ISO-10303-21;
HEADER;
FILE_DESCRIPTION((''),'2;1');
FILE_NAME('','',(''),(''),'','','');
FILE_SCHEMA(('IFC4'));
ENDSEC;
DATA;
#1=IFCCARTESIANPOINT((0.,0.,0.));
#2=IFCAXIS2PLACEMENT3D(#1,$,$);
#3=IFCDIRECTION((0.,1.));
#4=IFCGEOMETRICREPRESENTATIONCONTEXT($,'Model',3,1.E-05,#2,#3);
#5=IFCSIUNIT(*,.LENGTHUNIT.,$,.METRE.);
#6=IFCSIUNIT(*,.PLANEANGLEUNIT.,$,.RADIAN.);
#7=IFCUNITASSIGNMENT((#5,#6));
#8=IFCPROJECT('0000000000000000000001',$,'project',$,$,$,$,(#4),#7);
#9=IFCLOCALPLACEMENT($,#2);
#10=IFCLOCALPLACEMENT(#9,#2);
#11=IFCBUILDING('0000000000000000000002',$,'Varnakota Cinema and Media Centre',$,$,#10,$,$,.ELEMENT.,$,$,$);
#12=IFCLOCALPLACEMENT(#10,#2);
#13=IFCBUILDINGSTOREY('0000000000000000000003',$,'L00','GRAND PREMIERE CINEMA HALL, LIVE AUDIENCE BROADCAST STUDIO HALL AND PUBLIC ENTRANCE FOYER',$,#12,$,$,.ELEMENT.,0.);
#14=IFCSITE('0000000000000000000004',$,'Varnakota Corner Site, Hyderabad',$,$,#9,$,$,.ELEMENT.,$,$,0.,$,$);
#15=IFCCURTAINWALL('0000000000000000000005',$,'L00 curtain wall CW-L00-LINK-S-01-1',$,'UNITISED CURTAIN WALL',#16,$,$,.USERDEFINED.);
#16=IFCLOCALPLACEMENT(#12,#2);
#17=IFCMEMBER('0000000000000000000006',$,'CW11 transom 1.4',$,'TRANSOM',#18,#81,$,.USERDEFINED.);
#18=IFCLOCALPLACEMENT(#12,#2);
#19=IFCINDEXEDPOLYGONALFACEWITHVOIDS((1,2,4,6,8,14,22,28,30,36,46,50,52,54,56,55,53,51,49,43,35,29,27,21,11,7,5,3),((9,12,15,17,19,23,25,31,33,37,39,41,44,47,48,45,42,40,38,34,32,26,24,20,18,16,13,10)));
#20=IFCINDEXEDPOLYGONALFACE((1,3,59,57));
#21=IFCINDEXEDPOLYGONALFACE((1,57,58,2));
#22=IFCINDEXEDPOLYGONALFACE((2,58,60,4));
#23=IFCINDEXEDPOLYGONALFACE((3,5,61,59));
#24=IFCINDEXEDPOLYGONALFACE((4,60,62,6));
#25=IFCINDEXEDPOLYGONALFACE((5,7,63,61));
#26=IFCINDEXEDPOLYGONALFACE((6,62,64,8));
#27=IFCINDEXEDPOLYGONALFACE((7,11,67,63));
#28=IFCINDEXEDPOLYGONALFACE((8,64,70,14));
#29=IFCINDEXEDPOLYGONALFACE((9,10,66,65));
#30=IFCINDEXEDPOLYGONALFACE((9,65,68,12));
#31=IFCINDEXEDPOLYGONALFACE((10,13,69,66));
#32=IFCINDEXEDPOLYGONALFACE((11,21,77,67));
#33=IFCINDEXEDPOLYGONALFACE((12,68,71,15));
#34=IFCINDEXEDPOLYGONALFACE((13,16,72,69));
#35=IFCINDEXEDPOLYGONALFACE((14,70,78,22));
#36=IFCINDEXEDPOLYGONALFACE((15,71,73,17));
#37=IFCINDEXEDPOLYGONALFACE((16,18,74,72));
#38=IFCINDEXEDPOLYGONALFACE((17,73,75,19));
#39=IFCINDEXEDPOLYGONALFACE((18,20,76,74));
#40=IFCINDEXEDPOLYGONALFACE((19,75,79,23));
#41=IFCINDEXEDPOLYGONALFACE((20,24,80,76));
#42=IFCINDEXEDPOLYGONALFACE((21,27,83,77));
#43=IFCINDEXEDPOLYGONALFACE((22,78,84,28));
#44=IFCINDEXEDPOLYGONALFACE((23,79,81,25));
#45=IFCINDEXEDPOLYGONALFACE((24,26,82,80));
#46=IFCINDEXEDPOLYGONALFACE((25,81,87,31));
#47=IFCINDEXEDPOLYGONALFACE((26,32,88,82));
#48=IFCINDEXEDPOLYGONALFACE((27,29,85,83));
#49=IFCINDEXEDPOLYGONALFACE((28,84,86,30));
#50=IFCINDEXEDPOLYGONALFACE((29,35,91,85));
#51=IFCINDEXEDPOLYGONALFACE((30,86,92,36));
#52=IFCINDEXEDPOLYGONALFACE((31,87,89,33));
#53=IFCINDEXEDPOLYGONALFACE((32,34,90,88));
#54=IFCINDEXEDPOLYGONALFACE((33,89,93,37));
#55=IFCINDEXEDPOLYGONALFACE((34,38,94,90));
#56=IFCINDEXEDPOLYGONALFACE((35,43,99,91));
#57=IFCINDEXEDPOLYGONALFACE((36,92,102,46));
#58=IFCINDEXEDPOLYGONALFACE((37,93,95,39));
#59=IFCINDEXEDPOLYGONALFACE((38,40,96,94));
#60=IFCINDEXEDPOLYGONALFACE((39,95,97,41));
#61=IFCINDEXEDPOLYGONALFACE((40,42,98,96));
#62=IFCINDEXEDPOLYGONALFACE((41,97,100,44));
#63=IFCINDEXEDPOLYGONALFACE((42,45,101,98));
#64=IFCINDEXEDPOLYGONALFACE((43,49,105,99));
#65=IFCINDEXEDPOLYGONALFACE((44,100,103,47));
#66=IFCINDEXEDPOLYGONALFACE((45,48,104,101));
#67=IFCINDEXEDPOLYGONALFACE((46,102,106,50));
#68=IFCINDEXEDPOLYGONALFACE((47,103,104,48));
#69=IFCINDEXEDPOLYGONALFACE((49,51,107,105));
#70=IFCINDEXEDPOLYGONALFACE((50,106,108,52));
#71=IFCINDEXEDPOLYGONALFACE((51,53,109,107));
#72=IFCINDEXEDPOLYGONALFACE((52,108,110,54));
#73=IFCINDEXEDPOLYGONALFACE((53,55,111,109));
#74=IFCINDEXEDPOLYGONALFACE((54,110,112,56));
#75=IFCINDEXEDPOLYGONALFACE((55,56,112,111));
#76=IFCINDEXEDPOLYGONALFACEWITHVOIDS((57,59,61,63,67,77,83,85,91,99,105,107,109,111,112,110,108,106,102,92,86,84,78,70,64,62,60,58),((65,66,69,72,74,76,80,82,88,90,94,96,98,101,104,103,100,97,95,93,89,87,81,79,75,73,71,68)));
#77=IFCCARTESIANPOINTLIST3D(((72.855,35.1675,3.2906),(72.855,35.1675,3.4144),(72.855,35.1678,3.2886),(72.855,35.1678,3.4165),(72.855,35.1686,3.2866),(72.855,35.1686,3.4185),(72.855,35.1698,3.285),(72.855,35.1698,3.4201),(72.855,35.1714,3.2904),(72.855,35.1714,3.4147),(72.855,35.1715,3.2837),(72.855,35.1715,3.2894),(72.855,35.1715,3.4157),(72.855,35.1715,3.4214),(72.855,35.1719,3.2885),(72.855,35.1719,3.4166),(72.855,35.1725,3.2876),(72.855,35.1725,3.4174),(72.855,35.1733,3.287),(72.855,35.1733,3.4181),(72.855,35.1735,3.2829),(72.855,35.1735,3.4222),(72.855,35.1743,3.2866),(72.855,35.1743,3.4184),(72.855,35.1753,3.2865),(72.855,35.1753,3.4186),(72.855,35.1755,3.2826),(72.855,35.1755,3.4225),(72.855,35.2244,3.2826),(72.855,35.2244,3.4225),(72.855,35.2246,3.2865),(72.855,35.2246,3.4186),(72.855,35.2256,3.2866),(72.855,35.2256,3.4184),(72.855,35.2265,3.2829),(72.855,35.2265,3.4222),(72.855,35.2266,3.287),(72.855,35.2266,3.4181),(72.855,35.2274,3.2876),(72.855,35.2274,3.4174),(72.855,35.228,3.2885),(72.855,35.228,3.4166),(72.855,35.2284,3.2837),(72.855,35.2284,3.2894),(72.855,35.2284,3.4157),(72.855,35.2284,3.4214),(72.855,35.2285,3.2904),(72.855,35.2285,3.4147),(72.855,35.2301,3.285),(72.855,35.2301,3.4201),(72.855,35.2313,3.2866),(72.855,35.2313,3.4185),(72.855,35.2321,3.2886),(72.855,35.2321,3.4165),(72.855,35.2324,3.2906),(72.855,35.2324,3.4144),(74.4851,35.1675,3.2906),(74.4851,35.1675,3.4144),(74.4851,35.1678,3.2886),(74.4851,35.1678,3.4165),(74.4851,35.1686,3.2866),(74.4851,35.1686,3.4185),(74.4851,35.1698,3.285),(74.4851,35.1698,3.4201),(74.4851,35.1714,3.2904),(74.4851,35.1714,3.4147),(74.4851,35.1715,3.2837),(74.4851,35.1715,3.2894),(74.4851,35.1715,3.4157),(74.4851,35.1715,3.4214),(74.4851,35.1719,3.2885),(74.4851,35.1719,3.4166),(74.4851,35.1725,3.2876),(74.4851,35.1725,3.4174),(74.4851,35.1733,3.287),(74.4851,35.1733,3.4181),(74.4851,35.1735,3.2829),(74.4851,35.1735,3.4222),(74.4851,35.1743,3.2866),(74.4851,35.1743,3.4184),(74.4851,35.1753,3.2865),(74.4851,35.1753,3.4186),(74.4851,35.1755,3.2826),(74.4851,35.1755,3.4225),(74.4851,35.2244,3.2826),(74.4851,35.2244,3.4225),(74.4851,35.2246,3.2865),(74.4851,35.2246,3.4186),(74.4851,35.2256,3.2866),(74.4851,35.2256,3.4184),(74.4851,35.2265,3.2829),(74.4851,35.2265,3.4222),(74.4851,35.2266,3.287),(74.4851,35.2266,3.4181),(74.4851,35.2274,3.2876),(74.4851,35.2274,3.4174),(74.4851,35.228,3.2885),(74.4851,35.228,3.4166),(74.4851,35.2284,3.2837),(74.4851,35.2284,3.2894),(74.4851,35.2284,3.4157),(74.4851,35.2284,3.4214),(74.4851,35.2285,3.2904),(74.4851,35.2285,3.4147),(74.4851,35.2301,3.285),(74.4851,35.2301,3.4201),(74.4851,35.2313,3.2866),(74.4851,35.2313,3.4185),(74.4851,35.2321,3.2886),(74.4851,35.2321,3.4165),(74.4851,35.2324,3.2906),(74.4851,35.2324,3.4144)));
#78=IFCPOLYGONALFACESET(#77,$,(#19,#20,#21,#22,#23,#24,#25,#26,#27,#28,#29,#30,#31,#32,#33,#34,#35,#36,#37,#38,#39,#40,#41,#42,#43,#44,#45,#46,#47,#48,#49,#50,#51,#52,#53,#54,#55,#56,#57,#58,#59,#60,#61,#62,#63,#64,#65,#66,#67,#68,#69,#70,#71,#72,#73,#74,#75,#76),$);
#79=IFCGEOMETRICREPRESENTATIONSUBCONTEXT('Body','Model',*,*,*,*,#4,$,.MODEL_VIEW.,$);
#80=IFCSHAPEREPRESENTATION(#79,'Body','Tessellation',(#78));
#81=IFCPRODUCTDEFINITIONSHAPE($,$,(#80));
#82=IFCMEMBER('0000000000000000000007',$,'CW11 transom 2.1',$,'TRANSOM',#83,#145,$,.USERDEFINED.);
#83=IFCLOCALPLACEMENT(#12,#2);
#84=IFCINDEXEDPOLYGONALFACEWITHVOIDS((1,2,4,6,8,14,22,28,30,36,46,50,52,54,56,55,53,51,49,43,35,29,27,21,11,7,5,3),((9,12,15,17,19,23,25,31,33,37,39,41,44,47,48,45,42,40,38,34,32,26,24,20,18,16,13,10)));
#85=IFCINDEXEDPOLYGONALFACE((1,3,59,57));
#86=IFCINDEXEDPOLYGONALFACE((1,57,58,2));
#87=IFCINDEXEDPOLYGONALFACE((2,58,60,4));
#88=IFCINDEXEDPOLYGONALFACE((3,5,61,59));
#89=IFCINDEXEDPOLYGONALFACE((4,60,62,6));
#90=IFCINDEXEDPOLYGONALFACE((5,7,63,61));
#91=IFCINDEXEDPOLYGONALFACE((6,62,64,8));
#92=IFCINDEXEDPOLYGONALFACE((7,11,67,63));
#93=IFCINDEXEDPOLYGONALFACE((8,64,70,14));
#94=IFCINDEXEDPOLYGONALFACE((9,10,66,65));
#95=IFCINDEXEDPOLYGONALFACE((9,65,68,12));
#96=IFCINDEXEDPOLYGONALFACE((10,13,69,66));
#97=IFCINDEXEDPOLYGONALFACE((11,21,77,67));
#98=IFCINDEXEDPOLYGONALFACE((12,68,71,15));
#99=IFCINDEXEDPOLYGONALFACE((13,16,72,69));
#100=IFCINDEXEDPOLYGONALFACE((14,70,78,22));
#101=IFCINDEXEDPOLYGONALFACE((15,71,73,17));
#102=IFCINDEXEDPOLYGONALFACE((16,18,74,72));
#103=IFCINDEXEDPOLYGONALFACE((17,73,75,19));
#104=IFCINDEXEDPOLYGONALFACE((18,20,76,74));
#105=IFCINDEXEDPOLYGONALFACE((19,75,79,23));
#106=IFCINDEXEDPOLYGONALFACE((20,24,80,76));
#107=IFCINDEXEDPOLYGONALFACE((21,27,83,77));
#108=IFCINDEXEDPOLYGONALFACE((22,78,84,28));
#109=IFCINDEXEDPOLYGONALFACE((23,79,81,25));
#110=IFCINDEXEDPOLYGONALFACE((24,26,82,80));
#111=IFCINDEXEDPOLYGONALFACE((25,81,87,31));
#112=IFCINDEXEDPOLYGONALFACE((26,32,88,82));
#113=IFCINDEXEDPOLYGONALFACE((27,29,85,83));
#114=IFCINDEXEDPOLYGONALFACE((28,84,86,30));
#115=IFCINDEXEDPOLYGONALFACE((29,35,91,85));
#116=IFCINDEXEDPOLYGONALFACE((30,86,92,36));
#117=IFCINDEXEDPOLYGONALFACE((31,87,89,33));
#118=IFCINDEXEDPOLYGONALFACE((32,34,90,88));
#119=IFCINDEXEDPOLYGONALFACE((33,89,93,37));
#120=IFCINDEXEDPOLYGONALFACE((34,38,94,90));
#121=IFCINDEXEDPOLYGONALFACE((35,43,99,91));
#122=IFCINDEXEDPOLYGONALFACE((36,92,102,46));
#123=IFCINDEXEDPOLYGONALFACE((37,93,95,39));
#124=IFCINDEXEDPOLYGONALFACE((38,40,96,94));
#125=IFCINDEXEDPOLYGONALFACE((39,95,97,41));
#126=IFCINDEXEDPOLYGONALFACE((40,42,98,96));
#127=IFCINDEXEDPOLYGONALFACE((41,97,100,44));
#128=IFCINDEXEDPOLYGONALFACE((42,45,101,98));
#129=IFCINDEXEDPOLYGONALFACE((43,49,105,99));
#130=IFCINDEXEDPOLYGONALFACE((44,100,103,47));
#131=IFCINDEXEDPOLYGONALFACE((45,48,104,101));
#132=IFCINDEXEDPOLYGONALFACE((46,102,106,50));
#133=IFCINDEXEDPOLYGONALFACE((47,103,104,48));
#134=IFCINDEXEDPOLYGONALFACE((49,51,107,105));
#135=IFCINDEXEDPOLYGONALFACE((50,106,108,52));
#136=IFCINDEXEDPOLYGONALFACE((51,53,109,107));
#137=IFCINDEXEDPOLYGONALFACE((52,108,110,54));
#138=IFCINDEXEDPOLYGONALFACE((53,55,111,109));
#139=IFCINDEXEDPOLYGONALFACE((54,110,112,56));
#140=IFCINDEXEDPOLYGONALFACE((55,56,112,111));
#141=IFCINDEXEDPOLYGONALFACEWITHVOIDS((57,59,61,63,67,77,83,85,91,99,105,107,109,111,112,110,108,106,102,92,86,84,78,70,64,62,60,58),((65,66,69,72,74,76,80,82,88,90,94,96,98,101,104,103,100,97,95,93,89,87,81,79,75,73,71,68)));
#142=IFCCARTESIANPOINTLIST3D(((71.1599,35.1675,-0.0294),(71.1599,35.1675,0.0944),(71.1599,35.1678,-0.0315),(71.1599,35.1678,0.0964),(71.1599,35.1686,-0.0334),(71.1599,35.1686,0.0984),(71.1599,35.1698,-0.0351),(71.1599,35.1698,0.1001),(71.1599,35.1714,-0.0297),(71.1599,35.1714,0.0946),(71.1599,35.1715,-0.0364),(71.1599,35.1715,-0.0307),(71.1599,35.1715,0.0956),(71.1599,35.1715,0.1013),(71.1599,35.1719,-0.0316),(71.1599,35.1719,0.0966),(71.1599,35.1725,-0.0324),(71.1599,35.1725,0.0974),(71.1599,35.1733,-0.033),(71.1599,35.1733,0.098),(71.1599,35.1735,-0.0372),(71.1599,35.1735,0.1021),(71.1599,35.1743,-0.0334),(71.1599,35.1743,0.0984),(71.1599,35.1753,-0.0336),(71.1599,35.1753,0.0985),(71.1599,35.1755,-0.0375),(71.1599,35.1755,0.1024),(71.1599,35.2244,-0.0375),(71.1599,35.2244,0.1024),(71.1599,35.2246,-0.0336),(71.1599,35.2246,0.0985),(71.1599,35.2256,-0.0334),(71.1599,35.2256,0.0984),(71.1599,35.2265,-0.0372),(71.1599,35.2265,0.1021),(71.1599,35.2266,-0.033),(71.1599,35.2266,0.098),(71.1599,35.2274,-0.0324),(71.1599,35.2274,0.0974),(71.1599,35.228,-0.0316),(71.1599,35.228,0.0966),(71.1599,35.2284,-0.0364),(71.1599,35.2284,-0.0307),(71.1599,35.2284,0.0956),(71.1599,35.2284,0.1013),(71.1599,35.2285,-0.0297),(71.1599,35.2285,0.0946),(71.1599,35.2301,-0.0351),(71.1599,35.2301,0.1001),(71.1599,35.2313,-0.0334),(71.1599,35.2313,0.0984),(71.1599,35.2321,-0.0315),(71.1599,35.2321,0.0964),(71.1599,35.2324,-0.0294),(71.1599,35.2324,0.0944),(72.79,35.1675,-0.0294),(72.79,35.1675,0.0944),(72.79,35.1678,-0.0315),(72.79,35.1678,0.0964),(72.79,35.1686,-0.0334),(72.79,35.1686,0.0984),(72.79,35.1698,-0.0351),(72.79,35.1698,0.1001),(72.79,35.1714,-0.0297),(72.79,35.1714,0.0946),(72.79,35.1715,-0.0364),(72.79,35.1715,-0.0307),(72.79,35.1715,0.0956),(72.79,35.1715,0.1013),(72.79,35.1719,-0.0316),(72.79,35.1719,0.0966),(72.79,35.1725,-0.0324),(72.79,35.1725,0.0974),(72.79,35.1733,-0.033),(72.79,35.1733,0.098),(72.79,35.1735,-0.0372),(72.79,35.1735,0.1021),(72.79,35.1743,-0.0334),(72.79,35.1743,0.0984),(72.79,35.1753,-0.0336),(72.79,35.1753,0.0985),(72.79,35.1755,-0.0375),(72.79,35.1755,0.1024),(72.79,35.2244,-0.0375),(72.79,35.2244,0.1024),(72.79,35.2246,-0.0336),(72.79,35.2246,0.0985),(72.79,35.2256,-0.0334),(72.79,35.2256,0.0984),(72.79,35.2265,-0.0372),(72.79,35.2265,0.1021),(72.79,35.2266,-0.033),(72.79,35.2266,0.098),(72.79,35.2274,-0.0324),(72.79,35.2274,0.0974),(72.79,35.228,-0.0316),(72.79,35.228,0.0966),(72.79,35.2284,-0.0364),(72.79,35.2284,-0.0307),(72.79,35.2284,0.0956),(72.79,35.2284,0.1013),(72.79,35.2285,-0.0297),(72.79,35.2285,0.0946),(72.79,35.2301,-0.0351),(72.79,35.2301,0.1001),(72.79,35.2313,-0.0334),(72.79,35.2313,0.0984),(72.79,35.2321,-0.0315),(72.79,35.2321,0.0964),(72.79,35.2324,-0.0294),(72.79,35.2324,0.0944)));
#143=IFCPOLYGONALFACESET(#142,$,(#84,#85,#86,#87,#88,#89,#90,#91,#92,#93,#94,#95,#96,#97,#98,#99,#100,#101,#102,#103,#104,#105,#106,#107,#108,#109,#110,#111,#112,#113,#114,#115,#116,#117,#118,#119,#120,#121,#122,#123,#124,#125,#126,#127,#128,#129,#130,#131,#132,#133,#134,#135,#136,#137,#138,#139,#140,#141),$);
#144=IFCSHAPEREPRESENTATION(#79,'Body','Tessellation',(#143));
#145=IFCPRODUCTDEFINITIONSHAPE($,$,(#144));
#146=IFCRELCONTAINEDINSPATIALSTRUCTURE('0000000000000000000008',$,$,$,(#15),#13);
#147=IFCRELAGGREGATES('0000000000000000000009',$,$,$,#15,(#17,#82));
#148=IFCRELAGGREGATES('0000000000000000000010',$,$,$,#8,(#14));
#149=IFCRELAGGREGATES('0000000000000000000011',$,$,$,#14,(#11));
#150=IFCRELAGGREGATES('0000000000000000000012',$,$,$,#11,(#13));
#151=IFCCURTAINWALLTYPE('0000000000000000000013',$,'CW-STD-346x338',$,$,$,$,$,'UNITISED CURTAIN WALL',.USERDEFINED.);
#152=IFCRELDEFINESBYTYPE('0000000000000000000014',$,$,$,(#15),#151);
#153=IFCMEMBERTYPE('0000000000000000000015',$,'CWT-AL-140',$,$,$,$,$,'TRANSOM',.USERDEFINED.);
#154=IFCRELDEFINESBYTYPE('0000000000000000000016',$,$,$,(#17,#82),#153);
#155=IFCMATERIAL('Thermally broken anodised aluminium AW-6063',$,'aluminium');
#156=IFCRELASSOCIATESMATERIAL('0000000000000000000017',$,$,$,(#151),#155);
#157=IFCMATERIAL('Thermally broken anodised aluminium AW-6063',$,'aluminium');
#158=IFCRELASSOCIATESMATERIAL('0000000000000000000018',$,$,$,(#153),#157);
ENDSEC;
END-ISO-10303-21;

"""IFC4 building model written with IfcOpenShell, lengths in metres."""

from ifc_helpers import new_model, si_unit, direction, frame, origin, origin_2d, place, context, subcontext, project, spatial, hollow_rectangle, extrude, material, material_profile, profile_set, type_object, element, aggregate, save


model = new_model("IFC4")

# Units and contexts
model_context = context("Model", 3, precision=1e-05, world=origin(), true_north=direction((0.0, 1.0)))
body_context = subcontext(model_context, "Body", "Model", "MODEL_VIEW")
ifc_project = project(units=[si_unit("LENGTHUNIT", "METRE"), si_unit("PLANEANGLEUNIT", "RADIAN")], contexts=[model_context])

# Site, building, storey
site_placement = place(None, origin())
site = spatial("IfcSite", under=ifc_project, at=site_placement, Name="Varnakota Corner Site, Hyderabad", CompositionType="ELEMENT", RefElevation=0.0)
building_placement = place(site_placement, origin())
building = spatial("IfcBuilding", under=site, at=building_placement, Name="Varnakota Cinema and Media Centre", CompositionType="ELEMENT")
storey_placement = place(building_placement, origin())
storey = spatial("IfcBuildingStorey", under=building, at=storey_placement, Name="L00", Description="GRAND PREMIERE CINEMA HALL, LIVE AUDIENCE BROADCAST STUDIO HALL AND PUBLIC ENTRANCE FOYER", CompositionType="ELEMENT", Elevation=0.0)

# Curtain wall
ifc_material_1 = material(Name="Thermally broken anodised aluminium AW-6063", Category="aluminium")
curtain_wall_type_1 = type_object("IfcCurtainWallType", Name="CW-STD-346x338", ElementType="UNITISED CURTAIN WALL", PredefinedType="USERDEFINED", material=ifc_material_1)
curtain_wall_1_placement = place(storey_placement, origin())
curtain_wall_1 = element("IfcCurtainWall", 1, at=curtain_wall_1_placement, inside=storey, type_object=curtain_wall_type_1, Name="L00 curtain wall CW-L00-LINK-S-01-1", ObjectType="UNITISED CURTAIN WALL", PredefinedType="USERDEFINED")

# Members
ifc_material_2 = material(Name="Thermally broken anodised aluminium AW-6063", Category="aluminium")
ifc_material_profile_1 = material_profile(ifc_material_2, hollow_rectangle(XDim=0.0649, YDim=0.1399, WallThickness=0.0039, InnerFilletRadius=0.0039, OuterFilletRadius=0.0081, at=origin_2d()), Name="AL-TRANSOM 140x65x4")
ifc_profile_set_1 = profile_set([ifc_material_profile_1], Name="Thermally broken anodised aluminium AW-6063")
member_type_1 = type_object("IfcMemberType", Name="CWT-AL-140", ElementType="TRANSOM", PredefinedType="USERDEFINED", material=ifc_profile_set_1)
member_1_placement = place(storey_placement, frame((74.4851, 35.2, 3.3525), z_axis=(-1.0, 0.0, 0.0), x_axis=(0.0, -1.0, 0.0)))
member_1 = element("IfcMember", 2, at=member_1_placement, type_object=member_type_1, Name="CW11 transom 1.4", ObjectType="TRANSOM", PredefinedType="USERDEFINED", context=body_context, shape_type="SweptSolid", body=[
    extrude(hollow_rectangle(XDim=0.0649, YDim=0.1399, WallThickness=0.0039, InnerFilletRadius=0.0039, OuterFilletRadius=0.0081, at=origin_2d()), origin(), (0.0, 0.0, 1.0), 1.6301),
])
member_2_placement = place(storey_placement, frame((72.79, 35.2, 0.0325), z_axis=(-1.0, 0.0, 0.0), x_axis=(0.0, -1.0, 0.0)))
member_2 = element("IfcMember", 3, at=member_2_placement, type_object=member_type_1, Name="CW11 transom 2.1", ObjectType="TRANSOM", PredefinedType="USERDEFINED", context=body_context, shape_type="SweptSolid", body=[
    extrude(hollow_rectangle(XDim=0.0649, YDim=0.1399, WallThickness=0.0039, InnerFilletRadius=0.0039, OuterFilletRadius=0.0081, at=origin_2d()), origin(), (0.0, 0.0, 1.0), 1.6301),
])

aggregate(curtain_wall_1, [member_1, member_2])

save(model, "model.ifc")
